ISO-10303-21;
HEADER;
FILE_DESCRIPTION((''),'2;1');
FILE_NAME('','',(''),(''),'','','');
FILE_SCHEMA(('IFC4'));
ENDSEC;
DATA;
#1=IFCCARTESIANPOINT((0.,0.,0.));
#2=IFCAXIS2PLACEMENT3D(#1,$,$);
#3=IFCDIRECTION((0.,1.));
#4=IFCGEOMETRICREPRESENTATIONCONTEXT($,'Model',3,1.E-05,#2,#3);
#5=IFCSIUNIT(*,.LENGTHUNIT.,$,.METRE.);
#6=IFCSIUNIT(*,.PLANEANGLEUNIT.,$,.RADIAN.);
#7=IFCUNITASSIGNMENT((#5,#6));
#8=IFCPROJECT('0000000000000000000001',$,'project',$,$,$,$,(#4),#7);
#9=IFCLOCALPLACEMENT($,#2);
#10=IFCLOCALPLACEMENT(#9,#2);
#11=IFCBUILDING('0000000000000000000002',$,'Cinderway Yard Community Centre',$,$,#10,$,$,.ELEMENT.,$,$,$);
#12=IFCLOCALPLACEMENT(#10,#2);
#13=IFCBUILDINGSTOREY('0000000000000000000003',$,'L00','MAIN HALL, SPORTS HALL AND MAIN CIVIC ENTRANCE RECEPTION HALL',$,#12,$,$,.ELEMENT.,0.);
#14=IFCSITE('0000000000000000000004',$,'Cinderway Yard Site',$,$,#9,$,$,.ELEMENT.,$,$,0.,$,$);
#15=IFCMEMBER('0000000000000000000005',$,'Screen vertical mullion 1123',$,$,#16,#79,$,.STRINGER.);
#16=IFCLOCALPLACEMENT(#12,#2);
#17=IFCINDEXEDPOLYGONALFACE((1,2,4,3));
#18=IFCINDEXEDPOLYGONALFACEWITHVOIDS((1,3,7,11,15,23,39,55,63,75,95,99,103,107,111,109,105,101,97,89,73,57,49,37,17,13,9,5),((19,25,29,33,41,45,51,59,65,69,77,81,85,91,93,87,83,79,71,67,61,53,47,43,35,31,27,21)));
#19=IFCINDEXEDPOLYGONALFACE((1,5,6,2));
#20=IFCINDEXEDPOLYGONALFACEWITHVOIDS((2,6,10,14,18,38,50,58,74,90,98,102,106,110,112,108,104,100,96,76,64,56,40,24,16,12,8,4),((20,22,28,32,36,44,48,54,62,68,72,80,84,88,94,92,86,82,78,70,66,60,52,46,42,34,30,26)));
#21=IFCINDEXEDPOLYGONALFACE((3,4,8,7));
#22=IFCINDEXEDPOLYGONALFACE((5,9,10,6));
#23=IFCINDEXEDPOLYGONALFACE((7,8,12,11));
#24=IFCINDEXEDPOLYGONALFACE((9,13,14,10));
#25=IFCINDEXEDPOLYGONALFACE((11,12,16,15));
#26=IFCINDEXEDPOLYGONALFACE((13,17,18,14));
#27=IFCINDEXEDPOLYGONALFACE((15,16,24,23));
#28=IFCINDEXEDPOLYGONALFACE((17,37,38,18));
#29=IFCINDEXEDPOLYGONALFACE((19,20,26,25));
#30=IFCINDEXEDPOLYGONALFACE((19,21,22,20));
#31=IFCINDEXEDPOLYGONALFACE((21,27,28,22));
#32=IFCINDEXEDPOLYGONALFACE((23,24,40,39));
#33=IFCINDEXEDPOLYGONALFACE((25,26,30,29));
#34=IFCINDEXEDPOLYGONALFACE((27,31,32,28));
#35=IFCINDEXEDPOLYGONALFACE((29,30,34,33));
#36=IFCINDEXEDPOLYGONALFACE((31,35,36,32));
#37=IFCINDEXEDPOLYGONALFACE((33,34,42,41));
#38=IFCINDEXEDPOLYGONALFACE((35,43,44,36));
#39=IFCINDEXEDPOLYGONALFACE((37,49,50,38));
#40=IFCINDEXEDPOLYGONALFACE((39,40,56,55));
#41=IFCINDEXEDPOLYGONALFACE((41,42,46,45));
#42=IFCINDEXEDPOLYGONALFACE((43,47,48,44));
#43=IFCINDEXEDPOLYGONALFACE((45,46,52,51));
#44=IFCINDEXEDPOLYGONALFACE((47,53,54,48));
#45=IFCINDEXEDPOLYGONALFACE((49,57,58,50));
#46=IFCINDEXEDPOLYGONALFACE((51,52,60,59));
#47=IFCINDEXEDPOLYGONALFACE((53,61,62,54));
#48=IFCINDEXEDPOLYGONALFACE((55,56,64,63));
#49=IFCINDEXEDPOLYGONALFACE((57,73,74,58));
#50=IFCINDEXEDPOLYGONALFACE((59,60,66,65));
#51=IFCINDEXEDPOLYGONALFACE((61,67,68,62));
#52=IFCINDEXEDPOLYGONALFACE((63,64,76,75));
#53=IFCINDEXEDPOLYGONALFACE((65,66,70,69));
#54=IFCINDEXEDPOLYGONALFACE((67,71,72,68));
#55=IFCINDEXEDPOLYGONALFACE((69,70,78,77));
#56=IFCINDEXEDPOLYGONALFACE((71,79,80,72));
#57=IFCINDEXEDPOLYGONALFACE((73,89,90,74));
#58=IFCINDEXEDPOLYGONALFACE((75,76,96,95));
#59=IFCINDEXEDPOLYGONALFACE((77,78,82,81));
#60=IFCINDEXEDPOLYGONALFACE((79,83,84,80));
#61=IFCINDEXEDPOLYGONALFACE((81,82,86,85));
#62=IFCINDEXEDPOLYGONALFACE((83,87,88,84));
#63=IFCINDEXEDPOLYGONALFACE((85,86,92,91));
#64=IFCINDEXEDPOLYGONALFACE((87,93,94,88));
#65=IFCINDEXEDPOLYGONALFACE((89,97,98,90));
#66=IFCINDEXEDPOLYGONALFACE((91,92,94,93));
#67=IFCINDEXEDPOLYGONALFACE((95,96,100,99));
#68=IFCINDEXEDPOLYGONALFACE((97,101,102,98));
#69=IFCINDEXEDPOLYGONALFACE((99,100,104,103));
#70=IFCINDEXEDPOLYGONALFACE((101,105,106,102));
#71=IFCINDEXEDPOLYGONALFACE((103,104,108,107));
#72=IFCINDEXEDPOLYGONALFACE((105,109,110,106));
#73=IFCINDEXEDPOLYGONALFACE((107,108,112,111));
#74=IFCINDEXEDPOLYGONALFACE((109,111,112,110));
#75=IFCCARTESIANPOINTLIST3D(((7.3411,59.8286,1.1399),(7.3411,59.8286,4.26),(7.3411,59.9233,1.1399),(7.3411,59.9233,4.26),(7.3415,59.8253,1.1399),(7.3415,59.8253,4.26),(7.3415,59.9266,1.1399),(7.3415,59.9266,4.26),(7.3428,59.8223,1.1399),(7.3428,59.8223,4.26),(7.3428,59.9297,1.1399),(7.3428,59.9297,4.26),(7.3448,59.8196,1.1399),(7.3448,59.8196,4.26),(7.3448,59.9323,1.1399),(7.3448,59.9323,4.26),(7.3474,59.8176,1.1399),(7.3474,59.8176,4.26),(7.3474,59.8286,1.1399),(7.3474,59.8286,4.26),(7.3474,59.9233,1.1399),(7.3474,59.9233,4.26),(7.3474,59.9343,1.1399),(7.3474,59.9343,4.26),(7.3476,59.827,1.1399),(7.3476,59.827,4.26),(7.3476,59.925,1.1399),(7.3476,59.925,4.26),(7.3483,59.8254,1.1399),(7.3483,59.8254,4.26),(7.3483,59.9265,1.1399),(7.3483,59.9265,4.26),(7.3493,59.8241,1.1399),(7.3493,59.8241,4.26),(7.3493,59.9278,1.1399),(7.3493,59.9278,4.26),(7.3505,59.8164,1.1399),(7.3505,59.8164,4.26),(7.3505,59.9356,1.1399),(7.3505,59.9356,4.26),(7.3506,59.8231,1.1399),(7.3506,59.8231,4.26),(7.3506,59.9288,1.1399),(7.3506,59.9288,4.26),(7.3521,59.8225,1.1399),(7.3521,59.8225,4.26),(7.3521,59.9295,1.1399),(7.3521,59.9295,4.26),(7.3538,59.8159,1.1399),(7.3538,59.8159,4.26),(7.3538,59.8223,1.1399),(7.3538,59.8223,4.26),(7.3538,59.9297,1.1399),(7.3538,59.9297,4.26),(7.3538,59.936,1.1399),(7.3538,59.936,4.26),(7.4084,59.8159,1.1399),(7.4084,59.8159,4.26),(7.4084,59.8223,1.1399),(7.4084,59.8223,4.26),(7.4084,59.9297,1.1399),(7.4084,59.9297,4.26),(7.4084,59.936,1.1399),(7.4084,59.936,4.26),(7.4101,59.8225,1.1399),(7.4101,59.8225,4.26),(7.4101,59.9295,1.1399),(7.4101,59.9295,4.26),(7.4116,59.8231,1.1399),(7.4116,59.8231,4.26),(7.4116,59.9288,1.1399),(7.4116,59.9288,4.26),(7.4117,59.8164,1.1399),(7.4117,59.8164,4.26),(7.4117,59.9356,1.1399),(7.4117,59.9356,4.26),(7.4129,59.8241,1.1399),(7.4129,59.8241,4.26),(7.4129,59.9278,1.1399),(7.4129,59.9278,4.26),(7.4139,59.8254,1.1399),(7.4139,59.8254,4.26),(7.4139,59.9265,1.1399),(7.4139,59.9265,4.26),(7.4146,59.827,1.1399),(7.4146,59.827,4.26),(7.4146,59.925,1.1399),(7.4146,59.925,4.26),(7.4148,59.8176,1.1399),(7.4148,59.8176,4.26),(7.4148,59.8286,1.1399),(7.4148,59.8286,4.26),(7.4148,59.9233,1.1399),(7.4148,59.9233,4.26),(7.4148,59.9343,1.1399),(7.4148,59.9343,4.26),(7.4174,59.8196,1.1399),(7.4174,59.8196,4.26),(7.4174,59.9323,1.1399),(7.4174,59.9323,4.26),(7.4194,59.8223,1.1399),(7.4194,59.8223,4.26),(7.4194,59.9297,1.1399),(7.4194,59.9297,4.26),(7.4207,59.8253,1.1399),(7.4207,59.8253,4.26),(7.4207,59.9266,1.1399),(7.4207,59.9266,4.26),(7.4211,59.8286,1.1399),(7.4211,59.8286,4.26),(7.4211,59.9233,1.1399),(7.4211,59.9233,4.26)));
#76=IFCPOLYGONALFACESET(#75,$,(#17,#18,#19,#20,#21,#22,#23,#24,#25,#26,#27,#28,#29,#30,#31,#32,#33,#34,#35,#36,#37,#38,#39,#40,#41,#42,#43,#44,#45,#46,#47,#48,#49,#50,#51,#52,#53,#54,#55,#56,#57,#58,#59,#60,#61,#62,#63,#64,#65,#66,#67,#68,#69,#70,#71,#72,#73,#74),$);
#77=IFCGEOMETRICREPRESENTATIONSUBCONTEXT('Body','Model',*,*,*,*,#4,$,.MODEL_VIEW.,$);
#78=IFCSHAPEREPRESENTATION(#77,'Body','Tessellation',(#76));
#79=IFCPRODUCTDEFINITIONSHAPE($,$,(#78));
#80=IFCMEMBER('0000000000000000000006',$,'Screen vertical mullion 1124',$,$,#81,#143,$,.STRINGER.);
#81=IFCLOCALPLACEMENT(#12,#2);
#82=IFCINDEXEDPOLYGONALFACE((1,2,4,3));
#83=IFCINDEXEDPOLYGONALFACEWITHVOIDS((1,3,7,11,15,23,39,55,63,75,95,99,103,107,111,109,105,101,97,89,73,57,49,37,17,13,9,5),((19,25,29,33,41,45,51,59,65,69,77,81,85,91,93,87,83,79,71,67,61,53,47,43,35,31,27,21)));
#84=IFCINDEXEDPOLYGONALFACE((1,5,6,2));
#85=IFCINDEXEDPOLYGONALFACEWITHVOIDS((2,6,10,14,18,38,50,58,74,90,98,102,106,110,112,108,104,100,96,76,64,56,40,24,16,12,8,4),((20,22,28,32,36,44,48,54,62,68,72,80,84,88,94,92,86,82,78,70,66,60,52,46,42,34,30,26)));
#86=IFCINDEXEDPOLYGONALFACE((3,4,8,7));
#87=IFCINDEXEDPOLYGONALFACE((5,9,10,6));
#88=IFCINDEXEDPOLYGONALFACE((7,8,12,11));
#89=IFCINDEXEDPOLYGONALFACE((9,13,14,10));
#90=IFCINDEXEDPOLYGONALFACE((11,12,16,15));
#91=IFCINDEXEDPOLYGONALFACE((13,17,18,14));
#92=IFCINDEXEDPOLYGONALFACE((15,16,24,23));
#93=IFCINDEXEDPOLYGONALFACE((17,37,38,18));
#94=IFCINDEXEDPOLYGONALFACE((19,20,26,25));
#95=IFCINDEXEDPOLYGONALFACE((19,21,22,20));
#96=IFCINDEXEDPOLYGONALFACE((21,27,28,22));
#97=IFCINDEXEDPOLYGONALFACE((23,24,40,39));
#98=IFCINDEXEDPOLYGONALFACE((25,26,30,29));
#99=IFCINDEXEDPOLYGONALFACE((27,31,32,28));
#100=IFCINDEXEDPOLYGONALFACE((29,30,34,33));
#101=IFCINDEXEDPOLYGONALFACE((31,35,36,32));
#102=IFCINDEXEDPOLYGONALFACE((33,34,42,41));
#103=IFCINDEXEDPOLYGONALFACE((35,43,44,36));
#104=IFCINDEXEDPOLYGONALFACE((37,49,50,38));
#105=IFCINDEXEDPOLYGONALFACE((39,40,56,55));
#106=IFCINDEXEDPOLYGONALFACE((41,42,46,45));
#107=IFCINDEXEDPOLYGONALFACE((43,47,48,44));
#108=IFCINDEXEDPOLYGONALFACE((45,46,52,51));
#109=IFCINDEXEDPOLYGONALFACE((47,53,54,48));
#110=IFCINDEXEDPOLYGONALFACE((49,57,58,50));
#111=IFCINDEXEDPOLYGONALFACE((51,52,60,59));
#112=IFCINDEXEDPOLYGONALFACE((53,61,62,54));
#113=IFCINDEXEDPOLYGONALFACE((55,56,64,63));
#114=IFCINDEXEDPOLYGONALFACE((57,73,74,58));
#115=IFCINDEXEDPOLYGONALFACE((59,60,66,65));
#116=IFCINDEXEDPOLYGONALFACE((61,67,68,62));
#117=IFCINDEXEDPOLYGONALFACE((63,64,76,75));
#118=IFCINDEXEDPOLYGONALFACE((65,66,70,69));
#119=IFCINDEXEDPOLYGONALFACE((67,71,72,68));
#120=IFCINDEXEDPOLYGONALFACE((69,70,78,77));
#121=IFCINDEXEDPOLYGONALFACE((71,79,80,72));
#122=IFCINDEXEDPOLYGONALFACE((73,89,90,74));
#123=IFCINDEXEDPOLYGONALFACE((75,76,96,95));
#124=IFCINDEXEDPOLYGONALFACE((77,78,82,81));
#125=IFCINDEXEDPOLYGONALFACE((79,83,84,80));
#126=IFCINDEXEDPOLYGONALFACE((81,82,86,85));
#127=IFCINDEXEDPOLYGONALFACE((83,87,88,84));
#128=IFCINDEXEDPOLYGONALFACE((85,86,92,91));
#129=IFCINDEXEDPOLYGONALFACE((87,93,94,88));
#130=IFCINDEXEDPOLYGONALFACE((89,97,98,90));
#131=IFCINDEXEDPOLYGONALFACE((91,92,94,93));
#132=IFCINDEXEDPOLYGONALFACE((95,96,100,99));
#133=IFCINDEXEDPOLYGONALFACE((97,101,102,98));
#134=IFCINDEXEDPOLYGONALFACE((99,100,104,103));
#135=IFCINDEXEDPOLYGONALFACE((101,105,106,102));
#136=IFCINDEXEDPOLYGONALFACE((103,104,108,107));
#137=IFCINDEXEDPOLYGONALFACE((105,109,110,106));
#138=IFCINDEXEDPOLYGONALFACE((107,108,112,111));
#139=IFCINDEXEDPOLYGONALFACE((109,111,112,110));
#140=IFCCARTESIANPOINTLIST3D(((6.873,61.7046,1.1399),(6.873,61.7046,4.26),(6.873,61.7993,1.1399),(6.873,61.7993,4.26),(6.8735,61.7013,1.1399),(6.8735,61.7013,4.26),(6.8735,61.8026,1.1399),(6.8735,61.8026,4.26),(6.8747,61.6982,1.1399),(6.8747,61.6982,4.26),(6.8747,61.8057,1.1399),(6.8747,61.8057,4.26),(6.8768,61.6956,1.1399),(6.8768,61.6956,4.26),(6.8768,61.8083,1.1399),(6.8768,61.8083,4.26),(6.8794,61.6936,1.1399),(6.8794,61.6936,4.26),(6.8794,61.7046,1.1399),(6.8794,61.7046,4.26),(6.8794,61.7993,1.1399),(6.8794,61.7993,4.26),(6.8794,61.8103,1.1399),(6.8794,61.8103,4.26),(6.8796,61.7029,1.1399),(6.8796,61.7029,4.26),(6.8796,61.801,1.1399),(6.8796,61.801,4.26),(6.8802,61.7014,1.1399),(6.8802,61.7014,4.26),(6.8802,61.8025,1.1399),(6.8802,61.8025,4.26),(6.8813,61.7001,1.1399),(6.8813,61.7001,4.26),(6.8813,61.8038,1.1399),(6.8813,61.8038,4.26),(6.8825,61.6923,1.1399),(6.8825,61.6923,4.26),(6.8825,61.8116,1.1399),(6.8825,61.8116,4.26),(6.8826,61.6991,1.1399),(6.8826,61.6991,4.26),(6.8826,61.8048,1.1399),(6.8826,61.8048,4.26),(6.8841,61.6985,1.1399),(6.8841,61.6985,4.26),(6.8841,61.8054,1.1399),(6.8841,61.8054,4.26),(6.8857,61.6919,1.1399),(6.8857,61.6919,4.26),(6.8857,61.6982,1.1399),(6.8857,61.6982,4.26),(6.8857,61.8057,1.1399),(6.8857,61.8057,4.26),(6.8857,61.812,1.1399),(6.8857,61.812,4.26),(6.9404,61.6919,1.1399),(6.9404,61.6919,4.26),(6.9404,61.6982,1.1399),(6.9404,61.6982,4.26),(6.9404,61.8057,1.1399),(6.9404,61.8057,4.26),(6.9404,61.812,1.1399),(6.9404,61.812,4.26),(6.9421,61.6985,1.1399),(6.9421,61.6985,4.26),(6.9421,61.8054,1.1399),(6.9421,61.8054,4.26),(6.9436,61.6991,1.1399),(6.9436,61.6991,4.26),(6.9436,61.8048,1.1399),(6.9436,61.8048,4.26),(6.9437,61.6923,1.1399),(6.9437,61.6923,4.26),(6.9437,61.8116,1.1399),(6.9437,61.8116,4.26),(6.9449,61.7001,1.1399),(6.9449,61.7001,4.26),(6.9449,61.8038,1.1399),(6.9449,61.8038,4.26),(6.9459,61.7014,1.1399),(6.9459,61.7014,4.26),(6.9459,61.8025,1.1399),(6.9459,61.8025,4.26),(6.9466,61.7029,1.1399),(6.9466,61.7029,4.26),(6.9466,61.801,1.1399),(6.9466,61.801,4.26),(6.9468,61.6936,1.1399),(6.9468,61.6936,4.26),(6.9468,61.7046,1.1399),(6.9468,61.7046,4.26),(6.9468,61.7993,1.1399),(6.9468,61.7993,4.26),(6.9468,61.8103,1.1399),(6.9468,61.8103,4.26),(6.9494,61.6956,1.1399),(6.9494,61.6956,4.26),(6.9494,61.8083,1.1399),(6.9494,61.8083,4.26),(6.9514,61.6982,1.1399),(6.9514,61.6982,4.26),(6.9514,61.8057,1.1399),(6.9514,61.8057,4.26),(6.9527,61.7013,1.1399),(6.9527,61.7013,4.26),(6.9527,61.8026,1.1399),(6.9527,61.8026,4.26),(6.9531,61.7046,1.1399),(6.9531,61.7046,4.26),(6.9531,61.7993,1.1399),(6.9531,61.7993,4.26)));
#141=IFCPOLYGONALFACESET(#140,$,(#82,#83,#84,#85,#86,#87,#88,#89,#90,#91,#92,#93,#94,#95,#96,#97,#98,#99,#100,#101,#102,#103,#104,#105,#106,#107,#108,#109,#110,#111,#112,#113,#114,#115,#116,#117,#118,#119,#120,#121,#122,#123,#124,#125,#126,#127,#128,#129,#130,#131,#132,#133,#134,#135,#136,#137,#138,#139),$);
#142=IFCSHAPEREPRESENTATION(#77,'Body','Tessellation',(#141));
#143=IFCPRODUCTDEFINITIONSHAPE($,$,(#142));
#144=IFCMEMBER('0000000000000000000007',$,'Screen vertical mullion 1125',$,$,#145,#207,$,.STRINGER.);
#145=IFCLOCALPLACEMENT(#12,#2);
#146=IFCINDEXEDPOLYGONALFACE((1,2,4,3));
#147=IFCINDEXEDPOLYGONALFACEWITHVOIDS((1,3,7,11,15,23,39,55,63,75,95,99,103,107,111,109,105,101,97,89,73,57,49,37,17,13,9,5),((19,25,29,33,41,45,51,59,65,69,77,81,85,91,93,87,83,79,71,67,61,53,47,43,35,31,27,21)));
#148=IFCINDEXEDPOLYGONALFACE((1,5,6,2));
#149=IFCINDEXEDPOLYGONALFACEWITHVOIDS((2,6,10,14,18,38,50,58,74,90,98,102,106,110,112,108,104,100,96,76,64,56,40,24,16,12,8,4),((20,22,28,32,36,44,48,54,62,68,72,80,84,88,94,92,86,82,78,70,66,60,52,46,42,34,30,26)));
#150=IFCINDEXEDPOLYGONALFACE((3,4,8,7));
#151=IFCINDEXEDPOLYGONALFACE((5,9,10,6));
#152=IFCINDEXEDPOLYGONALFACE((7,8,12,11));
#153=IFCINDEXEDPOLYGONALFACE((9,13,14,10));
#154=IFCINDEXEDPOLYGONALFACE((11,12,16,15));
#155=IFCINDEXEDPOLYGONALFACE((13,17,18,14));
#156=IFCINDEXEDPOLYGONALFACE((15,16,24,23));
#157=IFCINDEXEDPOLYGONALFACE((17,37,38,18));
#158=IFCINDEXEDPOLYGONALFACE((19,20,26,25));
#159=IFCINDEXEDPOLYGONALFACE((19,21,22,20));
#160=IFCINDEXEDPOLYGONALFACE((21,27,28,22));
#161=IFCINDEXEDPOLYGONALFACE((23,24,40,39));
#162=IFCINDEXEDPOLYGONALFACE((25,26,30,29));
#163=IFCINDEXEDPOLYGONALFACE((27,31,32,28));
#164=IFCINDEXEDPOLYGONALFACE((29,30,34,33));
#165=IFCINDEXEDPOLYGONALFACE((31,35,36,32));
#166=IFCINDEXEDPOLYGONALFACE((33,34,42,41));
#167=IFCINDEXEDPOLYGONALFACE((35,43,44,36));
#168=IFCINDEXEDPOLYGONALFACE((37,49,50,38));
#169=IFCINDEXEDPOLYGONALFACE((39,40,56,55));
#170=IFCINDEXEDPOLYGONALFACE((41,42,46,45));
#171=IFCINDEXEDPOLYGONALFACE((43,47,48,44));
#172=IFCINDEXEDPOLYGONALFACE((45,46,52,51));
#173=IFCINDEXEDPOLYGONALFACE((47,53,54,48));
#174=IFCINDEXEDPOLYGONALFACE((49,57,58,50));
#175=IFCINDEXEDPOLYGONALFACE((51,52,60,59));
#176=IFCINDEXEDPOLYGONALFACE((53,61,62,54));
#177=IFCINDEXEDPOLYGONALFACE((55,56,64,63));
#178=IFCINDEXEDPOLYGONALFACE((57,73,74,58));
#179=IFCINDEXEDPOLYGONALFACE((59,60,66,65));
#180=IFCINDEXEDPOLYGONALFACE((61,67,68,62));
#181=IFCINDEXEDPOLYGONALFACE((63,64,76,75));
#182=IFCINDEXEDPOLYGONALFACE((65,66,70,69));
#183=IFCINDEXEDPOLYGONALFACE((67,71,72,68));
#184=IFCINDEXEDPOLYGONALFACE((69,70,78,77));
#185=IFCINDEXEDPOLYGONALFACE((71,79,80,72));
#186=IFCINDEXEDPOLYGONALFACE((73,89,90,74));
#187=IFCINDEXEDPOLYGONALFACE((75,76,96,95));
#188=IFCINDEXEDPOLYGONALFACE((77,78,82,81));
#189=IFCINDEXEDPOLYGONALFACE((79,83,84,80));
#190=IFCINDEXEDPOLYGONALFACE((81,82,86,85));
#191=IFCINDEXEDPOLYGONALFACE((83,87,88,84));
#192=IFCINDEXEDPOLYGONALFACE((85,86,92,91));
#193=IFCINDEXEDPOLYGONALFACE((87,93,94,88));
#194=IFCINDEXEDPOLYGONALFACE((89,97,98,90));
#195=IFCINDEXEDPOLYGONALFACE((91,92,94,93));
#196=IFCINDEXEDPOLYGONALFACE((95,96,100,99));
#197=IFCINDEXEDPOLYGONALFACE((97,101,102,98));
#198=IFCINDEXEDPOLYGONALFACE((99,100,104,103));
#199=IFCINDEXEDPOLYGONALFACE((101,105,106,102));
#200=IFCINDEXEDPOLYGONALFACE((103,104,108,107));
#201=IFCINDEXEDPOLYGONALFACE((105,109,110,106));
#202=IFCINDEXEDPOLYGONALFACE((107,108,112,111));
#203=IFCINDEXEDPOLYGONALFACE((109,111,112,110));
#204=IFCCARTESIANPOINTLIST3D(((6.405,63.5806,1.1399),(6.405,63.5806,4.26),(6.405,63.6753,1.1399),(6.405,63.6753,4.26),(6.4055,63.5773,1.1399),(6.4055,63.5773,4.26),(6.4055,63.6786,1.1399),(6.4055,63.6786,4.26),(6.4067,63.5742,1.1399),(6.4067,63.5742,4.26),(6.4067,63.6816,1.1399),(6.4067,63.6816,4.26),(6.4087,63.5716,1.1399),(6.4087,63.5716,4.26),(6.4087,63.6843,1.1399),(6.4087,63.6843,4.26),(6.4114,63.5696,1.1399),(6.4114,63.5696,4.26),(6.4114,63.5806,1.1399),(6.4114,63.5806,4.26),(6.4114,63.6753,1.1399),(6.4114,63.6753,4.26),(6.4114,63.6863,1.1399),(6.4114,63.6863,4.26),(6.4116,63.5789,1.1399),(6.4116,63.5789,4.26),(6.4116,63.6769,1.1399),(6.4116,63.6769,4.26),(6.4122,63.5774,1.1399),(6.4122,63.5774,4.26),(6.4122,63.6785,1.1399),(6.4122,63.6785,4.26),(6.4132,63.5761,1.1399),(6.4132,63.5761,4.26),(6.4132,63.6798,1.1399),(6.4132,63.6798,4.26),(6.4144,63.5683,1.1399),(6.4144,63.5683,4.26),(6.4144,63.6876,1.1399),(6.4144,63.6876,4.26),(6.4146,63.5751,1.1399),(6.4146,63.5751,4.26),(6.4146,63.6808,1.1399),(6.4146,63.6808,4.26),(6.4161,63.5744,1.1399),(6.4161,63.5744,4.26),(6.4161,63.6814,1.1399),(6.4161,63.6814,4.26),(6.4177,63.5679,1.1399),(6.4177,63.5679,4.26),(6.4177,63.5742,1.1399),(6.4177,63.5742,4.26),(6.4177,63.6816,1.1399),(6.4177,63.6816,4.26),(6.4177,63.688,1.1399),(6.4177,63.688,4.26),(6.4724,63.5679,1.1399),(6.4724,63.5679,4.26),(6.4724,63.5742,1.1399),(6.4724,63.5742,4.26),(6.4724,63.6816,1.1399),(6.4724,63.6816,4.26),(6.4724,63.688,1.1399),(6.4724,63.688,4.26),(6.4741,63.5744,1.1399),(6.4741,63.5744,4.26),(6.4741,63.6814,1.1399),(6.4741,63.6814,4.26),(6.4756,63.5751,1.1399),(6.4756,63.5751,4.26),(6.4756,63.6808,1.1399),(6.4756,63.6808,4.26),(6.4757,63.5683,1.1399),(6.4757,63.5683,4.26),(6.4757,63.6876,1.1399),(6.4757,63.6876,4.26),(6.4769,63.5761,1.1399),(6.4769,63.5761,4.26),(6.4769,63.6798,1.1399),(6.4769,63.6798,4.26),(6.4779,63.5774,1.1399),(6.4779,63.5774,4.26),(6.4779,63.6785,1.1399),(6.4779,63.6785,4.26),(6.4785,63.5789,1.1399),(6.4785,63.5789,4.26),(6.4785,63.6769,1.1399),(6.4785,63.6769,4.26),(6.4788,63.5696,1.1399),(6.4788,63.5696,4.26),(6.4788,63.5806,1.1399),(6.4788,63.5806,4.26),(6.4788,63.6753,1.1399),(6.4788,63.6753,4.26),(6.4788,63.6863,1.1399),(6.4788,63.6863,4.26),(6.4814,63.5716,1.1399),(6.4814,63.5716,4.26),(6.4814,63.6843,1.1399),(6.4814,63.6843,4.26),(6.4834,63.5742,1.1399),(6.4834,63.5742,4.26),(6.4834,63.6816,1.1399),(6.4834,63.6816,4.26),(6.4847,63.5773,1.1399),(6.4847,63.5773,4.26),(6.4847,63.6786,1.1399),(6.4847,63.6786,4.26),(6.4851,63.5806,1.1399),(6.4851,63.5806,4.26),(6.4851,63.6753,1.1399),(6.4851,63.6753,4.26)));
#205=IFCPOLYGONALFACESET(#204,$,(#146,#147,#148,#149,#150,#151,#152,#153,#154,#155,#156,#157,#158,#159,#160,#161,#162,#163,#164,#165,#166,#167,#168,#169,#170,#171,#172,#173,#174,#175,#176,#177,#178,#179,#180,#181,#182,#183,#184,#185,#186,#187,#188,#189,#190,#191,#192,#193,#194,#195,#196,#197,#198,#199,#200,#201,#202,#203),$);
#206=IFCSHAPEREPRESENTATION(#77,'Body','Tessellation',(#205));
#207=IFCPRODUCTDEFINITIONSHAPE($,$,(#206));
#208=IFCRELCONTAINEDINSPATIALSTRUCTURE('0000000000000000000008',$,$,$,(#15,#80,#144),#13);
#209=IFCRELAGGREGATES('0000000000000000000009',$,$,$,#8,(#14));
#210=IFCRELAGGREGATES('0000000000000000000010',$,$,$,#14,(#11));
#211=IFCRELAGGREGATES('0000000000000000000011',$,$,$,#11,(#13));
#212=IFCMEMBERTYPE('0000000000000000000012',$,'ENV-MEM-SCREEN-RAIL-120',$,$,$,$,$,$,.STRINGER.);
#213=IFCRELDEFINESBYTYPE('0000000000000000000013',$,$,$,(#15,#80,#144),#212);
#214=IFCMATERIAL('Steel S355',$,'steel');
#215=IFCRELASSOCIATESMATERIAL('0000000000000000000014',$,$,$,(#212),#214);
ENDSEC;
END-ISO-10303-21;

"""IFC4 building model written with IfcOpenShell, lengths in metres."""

from ifc_helpers import new_model, si_unit, direction, frame, origin, origin_2d, place, context, subcontext, project, spatial, hollow_rectangle, extrude, material, material_profile, profile_set, type_object, element, save


model = new_model("IFC4")

# Units and contexts
model_context = context("Model", 3, precision=1e-05, world=origin(), true_north=direction((0.0, 1.0)))
body_context = subcontext(model_context, "Body", "Model", "MODEL_VIEW")
ifc_project = project(units=[si_unit("LENGTHUNIT", "METRE"), si_unit("PLANEANGLEUNIT", "RADIAN")], contexts=[model_context])

# Site, building, storey
site_placement = place(None, origin())
site = spatial("IfcSite", under=ifc_project, at=site_placement, Name="Cinderway Yard Site", CompositionType="ELEMENT", RefElevation=0.0)
building_placement = place(site_placement, origin())
building = spatial("IfcBuilding", under=site, at=building_placement, Name="Cinderway Yard Community Centre", CompositionType="ELEMENT")
storey_placement = place(building_placement, origin())
storey = spatial("IfcBuildingStorey", under=building, at=storey_placement, Name="L00", Description="MAIN HALL, SPORTS HALL AND MAIN CIVIC ENTRANCE RECEPTION HALL", CompositionType="ELEMENT", Elevation=0.0)

# Members
ifc_material_1 = material(Name="Steel S355", Category="steel")
ifc_material_profile_1 = material_profile(ifc_material_1, hollow_rectangle(XDim=0.0801, YDim=0.1201, WallThickness=0.0063, InnerFilletRadius=0.0063, OuterFilletRadius=0.0127, at=origin_2d()), Name="Steel S355")
ifc_profile_set_1 = profile_set([ifc_material_profile_1], Name="Steel S355")
member_type_1 = type_object("IfcMemberType", Name="ENV-MEM-SCREEN-RAIL-120", PredefinedType="STRINGER", material=ifc_profile_set_1)
for number, where, z_axis, x_axis, name in (
    (1, (7.3811, 59.876, 1.1399), (0.0, 0.0, 1.0), (1.0, 0.0, 0.0), "Screen vertical mullion 1123"),
    (2, (6.9131, 61.752, 1.1399), (0.0, 0.0, 1.0), (1.0, 0.0, 0.0), "Screen vertical mullion 1124"),
    (3, (6.4451, 63.6279, 1.1399), (0.0, 0.0, 1.0), (1.0, 0.0, 0.0), "Screen vertical mullion 1125"),
):
    element("IfcMember", number, at=place(storey_placement, frame(where, z_axis=z_axis, x_axis=x_axis)), inside=storey, type_object=member_type_1, Name=name, PredefinedType="STRINGER", context=body_context, shape_type="SweptSolid", body=[
        extrude(hollow_rectangle(XDim=0.0801, YDim=0.1201, WallThickness=0.0063, InnerFilletRadius=0.0063, OuterFilletRadius=0.0127, at=origin_2d()), origin(), (0.0, 0.0, 1.0), 3.1201),
    ])

save(model, "model.ifc")
